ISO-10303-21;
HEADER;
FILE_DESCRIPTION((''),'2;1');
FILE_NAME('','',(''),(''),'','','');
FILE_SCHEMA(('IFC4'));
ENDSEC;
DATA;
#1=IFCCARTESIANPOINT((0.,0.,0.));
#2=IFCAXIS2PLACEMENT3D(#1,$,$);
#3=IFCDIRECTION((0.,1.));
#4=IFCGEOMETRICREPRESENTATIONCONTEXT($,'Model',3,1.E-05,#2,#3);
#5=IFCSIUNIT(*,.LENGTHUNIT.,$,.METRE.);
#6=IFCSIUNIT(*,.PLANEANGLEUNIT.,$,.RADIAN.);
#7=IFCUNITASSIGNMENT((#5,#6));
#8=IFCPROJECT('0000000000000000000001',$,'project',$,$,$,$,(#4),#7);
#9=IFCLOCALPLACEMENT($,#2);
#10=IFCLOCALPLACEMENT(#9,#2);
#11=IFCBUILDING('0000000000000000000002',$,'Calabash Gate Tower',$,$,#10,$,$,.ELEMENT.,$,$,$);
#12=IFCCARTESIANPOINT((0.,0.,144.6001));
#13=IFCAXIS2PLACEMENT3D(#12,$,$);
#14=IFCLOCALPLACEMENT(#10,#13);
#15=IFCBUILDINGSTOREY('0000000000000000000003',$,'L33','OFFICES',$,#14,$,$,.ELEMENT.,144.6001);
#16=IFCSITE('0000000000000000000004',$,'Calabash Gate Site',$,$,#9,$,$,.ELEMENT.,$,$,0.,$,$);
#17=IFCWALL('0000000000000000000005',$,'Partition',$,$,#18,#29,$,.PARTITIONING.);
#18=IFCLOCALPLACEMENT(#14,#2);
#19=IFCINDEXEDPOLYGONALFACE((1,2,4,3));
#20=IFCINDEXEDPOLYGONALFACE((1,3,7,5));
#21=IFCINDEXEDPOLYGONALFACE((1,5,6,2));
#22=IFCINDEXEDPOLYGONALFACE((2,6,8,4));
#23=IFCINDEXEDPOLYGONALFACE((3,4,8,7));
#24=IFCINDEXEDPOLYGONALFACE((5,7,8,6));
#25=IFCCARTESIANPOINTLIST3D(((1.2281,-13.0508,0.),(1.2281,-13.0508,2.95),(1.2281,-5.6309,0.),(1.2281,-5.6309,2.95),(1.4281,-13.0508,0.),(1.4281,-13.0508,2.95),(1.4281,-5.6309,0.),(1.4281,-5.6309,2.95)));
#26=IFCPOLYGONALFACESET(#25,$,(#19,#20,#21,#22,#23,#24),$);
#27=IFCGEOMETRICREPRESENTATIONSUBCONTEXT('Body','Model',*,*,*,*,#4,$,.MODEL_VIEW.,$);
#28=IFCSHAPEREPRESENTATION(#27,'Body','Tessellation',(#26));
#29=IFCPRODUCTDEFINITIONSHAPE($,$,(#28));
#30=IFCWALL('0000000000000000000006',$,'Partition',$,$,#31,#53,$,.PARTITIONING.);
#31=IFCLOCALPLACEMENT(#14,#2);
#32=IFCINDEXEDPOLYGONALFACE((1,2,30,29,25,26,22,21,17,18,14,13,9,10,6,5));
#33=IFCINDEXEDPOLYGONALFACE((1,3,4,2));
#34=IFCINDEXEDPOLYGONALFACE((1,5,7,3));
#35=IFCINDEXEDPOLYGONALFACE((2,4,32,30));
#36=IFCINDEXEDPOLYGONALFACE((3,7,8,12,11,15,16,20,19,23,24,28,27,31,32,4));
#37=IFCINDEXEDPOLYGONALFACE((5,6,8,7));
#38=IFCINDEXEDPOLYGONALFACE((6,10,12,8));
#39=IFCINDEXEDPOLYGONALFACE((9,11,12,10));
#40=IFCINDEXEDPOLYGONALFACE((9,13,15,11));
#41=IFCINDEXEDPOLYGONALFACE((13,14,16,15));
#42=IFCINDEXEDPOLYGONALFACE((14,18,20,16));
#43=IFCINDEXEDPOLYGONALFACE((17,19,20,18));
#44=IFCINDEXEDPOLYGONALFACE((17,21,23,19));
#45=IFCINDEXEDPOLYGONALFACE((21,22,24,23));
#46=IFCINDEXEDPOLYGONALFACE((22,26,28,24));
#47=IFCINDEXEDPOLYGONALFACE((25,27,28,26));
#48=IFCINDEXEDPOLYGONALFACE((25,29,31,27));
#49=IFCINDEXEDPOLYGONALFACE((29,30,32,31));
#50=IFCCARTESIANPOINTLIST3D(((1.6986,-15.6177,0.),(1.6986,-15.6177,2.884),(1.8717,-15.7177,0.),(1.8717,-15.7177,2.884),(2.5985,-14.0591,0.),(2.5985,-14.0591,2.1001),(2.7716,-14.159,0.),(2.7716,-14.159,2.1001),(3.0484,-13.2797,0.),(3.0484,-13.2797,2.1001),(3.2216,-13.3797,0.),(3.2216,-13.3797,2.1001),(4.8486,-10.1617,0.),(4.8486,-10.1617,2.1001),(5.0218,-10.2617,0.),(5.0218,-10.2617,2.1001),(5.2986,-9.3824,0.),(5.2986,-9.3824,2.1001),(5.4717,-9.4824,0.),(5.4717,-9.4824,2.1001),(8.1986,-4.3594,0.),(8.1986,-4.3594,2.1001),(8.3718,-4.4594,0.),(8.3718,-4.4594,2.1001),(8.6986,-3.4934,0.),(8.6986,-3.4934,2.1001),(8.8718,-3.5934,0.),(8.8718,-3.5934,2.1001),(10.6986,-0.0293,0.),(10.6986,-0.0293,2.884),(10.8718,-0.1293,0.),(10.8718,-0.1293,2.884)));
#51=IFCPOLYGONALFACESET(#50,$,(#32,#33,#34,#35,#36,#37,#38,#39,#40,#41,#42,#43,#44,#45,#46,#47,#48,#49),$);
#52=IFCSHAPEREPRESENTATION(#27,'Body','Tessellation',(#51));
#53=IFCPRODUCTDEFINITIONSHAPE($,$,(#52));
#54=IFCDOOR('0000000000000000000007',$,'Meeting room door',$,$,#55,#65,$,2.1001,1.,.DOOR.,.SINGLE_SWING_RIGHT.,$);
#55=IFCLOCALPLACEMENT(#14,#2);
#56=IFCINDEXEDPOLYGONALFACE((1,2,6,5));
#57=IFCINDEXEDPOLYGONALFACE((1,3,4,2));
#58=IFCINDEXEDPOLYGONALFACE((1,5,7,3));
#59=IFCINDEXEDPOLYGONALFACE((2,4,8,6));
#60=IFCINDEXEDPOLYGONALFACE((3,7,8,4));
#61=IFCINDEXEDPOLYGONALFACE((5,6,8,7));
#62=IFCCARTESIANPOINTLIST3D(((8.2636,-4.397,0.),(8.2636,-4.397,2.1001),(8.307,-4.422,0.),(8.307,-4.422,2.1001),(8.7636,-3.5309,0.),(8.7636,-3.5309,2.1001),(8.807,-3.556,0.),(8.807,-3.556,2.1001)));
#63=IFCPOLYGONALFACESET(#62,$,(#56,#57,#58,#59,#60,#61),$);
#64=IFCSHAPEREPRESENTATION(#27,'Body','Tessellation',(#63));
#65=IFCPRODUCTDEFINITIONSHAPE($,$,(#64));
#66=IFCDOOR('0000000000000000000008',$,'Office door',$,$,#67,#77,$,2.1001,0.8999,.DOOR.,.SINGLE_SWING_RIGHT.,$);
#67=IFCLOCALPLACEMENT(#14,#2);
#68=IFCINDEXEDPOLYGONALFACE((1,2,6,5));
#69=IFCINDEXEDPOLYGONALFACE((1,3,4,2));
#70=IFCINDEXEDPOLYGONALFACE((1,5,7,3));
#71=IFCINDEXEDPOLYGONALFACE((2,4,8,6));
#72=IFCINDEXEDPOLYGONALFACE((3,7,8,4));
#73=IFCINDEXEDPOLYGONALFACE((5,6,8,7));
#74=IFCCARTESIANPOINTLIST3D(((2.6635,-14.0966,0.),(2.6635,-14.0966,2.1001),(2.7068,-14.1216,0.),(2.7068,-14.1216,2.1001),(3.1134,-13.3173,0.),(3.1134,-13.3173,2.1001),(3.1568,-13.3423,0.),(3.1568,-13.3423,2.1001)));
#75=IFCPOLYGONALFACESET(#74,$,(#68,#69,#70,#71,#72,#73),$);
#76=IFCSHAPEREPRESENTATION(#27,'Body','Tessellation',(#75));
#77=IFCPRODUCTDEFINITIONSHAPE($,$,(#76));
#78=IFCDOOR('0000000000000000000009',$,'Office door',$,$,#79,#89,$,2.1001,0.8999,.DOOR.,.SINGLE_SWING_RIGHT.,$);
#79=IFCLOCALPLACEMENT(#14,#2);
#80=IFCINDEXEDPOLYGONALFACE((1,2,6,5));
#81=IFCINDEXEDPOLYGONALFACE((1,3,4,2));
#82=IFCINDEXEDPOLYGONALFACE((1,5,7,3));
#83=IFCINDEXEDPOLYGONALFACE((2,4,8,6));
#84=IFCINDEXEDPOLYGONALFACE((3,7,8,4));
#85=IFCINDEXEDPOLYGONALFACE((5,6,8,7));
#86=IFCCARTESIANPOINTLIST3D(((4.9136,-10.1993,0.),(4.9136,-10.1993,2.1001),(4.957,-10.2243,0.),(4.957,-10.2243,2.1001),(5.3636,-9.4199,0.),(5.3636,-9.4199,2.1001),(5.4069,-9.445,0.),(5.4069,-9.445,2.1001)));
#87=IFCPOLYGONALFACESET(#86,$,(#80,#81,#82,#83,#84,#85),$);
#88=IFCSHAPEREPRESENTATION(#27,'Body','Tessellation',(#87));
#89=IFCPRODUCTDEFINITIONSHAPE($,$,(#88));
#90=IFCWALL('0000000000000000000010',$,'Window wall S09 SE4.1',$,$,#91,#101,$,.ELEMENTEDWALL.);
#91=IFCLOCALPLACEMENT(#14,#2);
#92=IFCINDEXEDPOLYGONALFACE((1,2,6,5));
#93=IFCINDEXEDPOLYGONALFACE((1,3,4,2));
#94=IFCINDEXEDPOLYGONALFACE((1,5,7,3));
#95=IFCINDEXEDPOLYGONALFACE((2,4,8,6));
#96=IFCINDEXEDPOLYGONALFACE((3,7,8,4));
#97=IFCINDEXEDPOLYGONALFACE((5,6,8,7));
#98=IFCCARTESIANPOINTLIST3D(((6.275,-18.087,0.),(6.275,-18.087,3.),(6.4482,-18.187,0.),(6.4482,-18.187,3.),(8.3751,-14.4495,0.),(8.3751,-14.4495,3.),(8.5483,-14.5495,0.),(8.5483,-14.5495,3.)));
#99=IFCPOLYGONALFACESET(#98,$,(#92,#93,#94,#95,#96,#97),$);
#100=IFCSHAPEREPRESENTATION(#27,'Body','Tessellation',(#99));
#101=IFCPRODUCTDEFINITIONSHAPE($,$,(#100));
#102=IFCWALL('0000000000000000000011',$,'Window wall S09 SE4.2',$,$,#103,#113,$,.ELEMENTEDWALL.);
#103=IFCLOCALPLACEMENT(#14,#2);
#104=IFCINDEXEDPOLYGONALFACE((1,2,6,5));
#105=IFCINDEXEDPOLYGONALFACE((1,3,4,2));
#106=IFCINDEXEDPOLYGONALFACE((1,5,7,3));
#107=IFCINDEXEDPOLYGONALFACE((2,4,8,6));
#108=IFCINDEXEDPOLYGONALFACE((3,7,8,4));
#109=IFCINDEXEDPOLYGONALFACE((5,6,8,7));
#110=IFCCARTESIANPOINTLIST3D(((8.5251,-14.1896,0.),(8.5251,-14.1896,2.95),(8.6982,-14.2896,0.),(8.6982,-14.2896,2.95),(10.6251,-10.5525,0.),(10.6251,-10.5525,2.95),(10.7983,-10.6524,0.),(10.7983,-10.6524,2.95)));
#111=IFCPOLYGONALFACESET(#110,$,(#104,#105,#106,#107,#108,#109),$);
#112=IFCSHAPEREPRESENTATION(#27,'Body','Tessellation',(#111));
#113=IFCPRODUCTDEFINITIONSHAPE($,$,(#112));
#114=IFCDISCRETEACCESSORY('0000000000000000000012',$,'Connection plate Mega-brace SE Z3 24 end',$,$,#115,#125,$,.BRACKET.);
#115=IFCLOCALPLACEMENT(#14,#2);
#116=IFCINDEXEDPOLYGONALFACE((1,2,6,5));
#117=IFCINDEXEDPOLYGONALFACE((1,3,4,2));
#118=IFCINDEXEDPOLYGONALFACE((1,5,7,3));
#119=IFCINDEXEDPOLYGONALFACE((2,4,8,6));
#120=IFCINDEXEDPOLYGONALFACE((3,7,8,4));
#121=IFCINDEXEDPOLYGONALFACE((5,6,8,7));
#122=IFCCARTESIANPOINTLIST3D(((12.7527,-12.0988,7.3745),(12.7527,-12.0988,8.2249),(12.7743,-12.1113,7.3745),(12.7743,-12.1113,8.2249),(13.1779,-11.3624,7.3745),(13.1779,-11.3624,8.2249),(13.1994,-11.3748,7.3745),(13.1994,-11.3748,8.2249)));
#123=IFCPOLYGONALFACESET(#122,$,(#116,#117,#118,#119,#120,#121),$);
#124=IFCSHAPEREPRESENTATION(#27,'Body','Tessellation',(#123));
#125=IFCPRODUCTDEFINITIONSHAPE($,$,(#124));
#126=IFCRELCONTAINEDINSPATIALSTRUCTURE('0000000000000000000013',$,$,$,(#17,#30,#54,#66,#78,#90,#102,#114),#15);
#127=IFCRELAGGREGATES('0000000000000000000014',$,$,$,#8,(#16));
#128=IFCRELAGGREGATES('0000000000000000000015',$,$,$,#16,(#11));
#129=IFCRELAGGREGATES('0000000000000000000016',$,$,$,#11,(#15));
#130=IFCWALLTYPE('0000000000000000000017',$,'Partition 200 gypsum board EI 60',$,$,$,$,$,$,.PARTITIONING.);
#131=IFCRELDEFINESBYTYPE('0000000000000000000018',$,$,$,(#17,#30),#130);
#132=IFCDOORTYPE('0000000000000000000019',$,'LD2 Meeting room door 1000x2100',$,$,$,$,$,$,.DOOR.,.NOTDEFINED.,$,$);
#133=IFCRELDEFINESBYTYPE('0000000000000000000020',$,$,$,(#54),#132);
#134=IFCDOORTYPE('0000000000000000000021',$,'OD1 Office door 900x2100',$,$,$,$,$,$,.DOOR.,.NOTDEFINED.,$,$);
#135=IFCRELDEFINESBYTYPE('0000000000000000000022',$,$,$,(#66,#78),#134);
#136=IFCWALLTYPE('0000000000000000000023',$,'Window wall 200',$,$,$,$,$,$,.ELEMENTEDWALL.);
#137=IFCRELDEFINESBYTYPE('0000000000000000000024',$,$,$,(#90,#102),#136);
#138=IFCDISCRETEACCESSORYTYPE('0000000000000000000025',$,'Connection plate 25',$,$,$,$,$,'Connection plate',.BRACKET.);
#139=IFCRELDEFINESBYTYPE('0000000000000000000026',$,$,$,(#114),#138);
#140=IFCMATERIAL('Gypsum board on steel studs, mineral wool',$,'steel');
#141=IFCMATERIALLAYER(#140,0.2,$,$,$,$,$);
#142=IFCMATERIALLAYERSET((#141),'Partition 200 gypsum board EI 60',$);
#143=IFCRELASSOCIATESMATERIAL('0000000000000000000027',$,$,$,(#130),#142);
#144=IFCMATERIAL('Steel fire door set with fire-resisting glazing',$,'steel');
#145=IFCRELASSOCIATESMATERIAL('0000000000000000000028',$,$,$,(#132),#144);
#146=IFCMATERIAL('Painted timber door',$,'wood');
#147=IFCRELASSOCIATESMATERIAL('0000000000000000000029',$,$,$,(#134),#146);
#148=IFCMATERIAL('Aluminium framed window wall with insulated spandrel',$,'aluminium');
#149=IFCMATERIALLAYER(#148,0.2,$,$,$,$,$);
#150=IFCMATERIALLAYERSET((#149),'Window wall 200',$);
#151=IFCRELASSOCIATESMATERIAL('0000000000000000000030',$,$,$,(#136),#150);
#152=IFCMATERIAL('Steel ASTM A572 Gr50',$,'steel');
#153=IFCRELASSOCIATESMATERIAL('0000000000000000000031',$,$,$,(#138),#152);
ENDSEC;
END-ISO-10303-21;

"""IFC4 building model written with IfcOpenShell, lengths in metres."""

from ifc_helpers import new_model, si_unit, direction, frame, frame_2d, origin, origin_2d, place, context, subcontext, project, spatial, rectangle, extrude, material, layer, layer_set, type_object, element, fill, save


model = new_model("IFC4")

# Units and contexts
model_context = context("Model", 3, precision=1e-05, world=origin(), true_north=direction((0.0, 1.0)))
body_context = subcontext(model_context, "Body", "Model", "MODEL_VIEW")
ifc_project = project(units=[si_unit("LENGTHUNIT", "METRE"), si_unit("PLANEANGLEUNIT", "RADIAN")], contexts=[model_context])

# Site, building, storey
site_placement = place(None, origin())
site = spatial("IfcSite", under=ifc_project, at=site_placement, Name="Calabash Gate Site", CompositionType="ELEMENT", RefElevation=0.0)
building_placement = place(site_placement, origin())
building = spatial("IfcBuilding", under=site, at=building_placement, Name="Calabash Gate Tower", CompositionType="ELEMENT")
storey_placement = place(building_placement, frame((0.0, 0.0, 144.6001)))
storey = spatial("IfcBuildingStorey", under=building, at=storey_placement, Name="L33", Description="OFFICES", CompositionType="ELEMENT", Elevation=144.6001)

# Shared definitions
ifc_material_1 = material(Name="Gypsum board on steel studs, mineral wool", Category="steel")
ifc_layer_1 = layer(ifc_material_1, 0.2)
ifc_layer_set_1 = layer_set([ifc_layer_1], Name="Partition 200 gypsum board EI 60")
wall_type_1 = type_object("IfcWallType", Name="Partition 200 gypsum board EI 60", PredefinedType="PARTITIONING", material=ifc_layer_set_1)

# Wall
wall_1_placement = place(storey_placement, frame((1.3281, -13.0508, 0.0), z_axis=(0.0, 0.0, 1.0), x_axis=(0.0, 1.0, 0.0)))
element("IfcWall", 1, at=wall_1_placement, inside=storey, type_object=wall_type_1, Name="Partition", PredefinedType="PARTITIONING", context=body_context, shape_type="SweptSolid", body=[
    extrude(rectangle(XDim=7.4199, YDim=0.2, at=frame_2d((3.71, 0.0))), origin(), (0.0, 0.0, 1.0), 2.95),
])

# Wall, openings, doors
wall_2_placement = place(storey_placement, frame((1.7852, -15.6677, 0.0), z_axis=(0.0, 0.0, 1.0), x_axis=(0.500002, 0.866024, 0.0)))
wall_2 = element("IfcWall", 2, at=wall_2_placement, inside=storey, type_object=wall_type_1, Name="Partition", PredefinedType="PARTITIONING", context=body_context, shape_type="SweptSolid", body=[
    extrude(rectangle(XDim=18.0, YDim=0.2, at=frame_2d((9.0, 0.0))), origin(), (0.0, 0.0, 1.0), 2.884),
])
opening_1_placement = place(wall_2_placement, frame((1.7998, 0.0, 0.0)))
opening_1 = element("IfcOpeningElement", 3, at=opening_1_placement, cuts=wall_2, PredefinedType="OPENING", context=body_context, shape_type="SweptSolid", body=[
    extrude(rectangle(XDim=0.8999, YDim=2.1001, at=frame_2d((0.45, 1.05))), frame((0.0, 0.1099, 0.0), z_axis=(0.0, -1.0, 0.0), x_axis=(1.0, 0.0, 0.0)), (0.0, 0.0, 1.0), 0.22),
])
opening_2_placement = place(wall_2_placement, frame((6.3, 0.0, 0.0)))
opening_2 = element("IfcOpeningElement", 4, at=opening_2_placement, cuts=wall_2, PredefinedType="OPENING", context=body_context, shape_type="SweptSolid", body=[
    extrude(rectangle(XDim=0.8999, YDim=2.1001, at=frame_2d((0.45, 1.05))), frame((0.0, 0.1099, 0.0), z_axis=(0.0, -1.0, 0.0), x_axis=(1.0, 0.0, 0.0)), (0.0, 0.0, 1.0), 0.22),
])
opening_3_placement = place(wall_2_placement, frame((13.0, 0.0, 0.0)))
opening_3 = element("IfcOpeningElement", 5, at=opening_3_placement, cuts=wall_2, PredefinedType="OPENING", context=body_context, shape_type="SweptSolid", body=[
    extrude(rectangle(XDim=1.0, YDim=2.1001, at=frame_2d((0.5, 1.05))), frame((0.0, 0.1099, 0.0), z_axis=(0.0, -1.0, 0.0), x_axis=(1.0, 0.0, 0.0)), (0.0, 0.0, 1.0), 0.22),
])
ifc_material_2 = material(Name="Steel fire door set with fire-resisting glazing", Category="steel")
door_type_1 = type_object("IfcDoorType", Name="LD2 Meeting room door 1000x2100", OperationType="NOTDEFINED", PredefinedType="DOOR", material=ifc_material_2)
door_1_placement = place(opening_3_placement, origin())
door_1 = element("IfcDoor", 6, at=door_1_placement, inside=storey, type_object=door_type_1, Name="Meeting room door", OperationType="SINGLE_SWING_RIGHT", OverallHeight=2.1001, OverallWidth=1.0, PredefinedType="DOOR", context=body_context, shape_type="SweptSolid", body=[
    extrude(rectangle(XDim=1.0, YDim=2.1001, at=frame_2d((0.5, 1.05))), frame((0.0, 0.0249, 0.0), z_axis=(0.0, -1.0, 0.0), x_axis=(1.0, 0.0, 0.0)), (0.0, 0.0, 1.0), 0.05),
])
fill(opening_3, door_1)
ifc_material_3 = material(Name="Painted timber door", Category="wood")
door_type_2 = type_object("IfcDoorType", Name="OD1 Office door 900x2100", OperationType="NOTDEFINED", PredefinedType="DOOR", material=ifc_material_3)
door_2_placement = place(opening_1_placement, origin())
door_2 = element("IfcDoor", 7, at=door_2_placement, inside=storey, type_object=door_type_2, Name="Office door", OperationType="SINGLE_SWING_RIGHT", OverallHeight=2.1001, OverallWidth=0.8999, PredefinedType="DOOR", context=body_context, shape_type="SweptSolid", body=[
    extrude(rectangle(XDim=0.8999, YDim=2.1001, at=frame_2d((0.45, 1.05))), frame((0.0, 0.0249, 0.0), z_axis=(0.0, -1.0, 0.0), x_axis=(1.0, 0.0, 0.0)), (0.0, 0.0, 1.0), 0.05),
])
fill(opening_1, door_2)
door_3_placement = place(opening_2_placement, origin())
door_3 = element("IfcDoor", 8, at=door_3_placement, inside=storey, type_object=door_type_2, Name="Office door", OperationType="SINGLE_SWING_RIGHT", OverallHeight=2.1001, OverallWidth=0.8999, PredefinedType="DOOR", context=body_context, shape_type="SweptSolid", body=[
    extrude(rectangle(XDim=0.8999, YDim=2.1001, at=frame_2d((0.45, 1.05))), frame((0.0, 0.0249, 0.0), z_axis=(0.0, -1.0, 0.0), x_axis=(1.0, 0.0, 0.0)), (0.0, 0.0, 1.0), 0.05),
])
fill(opening_2, door_3)

# Walls
ifc_material_4 = material(Name="Aluminium framed window wall with insulated spandrel", Category="aluminium")
ifc_layer_2 = layer(ifc_material_4, 0.2)
ifc_layer_set_2 = layer_set([ifc_layer_2], Name="Window wall 200")
wall_type_2 = type_object("IfcWallType", Name="Window wall 200", PredefinedType="ELEMENTEDWALL", material=ifc_layer_set_2)
wall_3_placement = place(storey_placement, frame((6.3616, -18.137, 0.0), z_axis=(0.0, 0.0, 1.0), x_axis=(0.500003, 0.866024, 0.0)))
element("IfcWall", 9, at=wall_3_placement, inside=storey, type_object=wall_type_2, Name="Window wall S09 SE4.1", PredefinedType="ELEMENTEDWALL", context=body_context, shape_type="SweptSolid", body=[
    extrude(rectangle(XDim=4.2002, YDim=0.2, at=frame_2d((2.1001, 0.0))), origin(), (0.0, 0.0, 1.0), 3.0),
])
wall_4_placement = place(storey_placement, frame((8.6116, -14.2397, 0.0), z_axis=(0.0, 0.0, 1.0), x_axis=(0.500028, 0.866009, 0.0)))
element("IfcWall", 10, at=wall_4_placement, inside=storey, type_object=wall_type_2, Name="Window wall S09 SE4.2", PredefinedType="ELEMENTEDWALL", context=body_context, shape_type="SweptSolid", body=[
    extrude(rectangle(XDim=4.2, YDim=0.2, at=frame_2d((2.1001, 0.0))), origin(), (0.0, 0.0, 1.0), 2.95),
])

# Discrete accessory
ifc_material_5 = material(Name="Steel ASTM A572 Gr50", Category="steel")
discrete_accessory_type = type_object("IfcDiscreteAccessoryType", Name="Connection plate 25", ElementType="Connection plate", PredefinedType="BRACKET", material=ifc_material_5)
discrete_accessory_placement = place(storey_placement, frame((12.9761, -11.7368, 7.3745), z_axis=(0.0, 0.0, 1.0), x_axis=(0.5, 0.866025, 0.0)))
element("IfcDiscreteAccessory", 11, at=discrete_accessory_placement, inside=storey, type_object=discrete_accessory_type, Name="Connection plate Mega-brace SE Z3 24 end", PredefinedType="BRACKET", context=body_context, shape_type="SweptSolid", body=[
    extrude(rectangle(XDim=0.8503, YDim=0.0249, at=origin_2d()), origin(), (0.0, 0.0, 1.0), 0.8503),
])

save(model, "model.ifc")
